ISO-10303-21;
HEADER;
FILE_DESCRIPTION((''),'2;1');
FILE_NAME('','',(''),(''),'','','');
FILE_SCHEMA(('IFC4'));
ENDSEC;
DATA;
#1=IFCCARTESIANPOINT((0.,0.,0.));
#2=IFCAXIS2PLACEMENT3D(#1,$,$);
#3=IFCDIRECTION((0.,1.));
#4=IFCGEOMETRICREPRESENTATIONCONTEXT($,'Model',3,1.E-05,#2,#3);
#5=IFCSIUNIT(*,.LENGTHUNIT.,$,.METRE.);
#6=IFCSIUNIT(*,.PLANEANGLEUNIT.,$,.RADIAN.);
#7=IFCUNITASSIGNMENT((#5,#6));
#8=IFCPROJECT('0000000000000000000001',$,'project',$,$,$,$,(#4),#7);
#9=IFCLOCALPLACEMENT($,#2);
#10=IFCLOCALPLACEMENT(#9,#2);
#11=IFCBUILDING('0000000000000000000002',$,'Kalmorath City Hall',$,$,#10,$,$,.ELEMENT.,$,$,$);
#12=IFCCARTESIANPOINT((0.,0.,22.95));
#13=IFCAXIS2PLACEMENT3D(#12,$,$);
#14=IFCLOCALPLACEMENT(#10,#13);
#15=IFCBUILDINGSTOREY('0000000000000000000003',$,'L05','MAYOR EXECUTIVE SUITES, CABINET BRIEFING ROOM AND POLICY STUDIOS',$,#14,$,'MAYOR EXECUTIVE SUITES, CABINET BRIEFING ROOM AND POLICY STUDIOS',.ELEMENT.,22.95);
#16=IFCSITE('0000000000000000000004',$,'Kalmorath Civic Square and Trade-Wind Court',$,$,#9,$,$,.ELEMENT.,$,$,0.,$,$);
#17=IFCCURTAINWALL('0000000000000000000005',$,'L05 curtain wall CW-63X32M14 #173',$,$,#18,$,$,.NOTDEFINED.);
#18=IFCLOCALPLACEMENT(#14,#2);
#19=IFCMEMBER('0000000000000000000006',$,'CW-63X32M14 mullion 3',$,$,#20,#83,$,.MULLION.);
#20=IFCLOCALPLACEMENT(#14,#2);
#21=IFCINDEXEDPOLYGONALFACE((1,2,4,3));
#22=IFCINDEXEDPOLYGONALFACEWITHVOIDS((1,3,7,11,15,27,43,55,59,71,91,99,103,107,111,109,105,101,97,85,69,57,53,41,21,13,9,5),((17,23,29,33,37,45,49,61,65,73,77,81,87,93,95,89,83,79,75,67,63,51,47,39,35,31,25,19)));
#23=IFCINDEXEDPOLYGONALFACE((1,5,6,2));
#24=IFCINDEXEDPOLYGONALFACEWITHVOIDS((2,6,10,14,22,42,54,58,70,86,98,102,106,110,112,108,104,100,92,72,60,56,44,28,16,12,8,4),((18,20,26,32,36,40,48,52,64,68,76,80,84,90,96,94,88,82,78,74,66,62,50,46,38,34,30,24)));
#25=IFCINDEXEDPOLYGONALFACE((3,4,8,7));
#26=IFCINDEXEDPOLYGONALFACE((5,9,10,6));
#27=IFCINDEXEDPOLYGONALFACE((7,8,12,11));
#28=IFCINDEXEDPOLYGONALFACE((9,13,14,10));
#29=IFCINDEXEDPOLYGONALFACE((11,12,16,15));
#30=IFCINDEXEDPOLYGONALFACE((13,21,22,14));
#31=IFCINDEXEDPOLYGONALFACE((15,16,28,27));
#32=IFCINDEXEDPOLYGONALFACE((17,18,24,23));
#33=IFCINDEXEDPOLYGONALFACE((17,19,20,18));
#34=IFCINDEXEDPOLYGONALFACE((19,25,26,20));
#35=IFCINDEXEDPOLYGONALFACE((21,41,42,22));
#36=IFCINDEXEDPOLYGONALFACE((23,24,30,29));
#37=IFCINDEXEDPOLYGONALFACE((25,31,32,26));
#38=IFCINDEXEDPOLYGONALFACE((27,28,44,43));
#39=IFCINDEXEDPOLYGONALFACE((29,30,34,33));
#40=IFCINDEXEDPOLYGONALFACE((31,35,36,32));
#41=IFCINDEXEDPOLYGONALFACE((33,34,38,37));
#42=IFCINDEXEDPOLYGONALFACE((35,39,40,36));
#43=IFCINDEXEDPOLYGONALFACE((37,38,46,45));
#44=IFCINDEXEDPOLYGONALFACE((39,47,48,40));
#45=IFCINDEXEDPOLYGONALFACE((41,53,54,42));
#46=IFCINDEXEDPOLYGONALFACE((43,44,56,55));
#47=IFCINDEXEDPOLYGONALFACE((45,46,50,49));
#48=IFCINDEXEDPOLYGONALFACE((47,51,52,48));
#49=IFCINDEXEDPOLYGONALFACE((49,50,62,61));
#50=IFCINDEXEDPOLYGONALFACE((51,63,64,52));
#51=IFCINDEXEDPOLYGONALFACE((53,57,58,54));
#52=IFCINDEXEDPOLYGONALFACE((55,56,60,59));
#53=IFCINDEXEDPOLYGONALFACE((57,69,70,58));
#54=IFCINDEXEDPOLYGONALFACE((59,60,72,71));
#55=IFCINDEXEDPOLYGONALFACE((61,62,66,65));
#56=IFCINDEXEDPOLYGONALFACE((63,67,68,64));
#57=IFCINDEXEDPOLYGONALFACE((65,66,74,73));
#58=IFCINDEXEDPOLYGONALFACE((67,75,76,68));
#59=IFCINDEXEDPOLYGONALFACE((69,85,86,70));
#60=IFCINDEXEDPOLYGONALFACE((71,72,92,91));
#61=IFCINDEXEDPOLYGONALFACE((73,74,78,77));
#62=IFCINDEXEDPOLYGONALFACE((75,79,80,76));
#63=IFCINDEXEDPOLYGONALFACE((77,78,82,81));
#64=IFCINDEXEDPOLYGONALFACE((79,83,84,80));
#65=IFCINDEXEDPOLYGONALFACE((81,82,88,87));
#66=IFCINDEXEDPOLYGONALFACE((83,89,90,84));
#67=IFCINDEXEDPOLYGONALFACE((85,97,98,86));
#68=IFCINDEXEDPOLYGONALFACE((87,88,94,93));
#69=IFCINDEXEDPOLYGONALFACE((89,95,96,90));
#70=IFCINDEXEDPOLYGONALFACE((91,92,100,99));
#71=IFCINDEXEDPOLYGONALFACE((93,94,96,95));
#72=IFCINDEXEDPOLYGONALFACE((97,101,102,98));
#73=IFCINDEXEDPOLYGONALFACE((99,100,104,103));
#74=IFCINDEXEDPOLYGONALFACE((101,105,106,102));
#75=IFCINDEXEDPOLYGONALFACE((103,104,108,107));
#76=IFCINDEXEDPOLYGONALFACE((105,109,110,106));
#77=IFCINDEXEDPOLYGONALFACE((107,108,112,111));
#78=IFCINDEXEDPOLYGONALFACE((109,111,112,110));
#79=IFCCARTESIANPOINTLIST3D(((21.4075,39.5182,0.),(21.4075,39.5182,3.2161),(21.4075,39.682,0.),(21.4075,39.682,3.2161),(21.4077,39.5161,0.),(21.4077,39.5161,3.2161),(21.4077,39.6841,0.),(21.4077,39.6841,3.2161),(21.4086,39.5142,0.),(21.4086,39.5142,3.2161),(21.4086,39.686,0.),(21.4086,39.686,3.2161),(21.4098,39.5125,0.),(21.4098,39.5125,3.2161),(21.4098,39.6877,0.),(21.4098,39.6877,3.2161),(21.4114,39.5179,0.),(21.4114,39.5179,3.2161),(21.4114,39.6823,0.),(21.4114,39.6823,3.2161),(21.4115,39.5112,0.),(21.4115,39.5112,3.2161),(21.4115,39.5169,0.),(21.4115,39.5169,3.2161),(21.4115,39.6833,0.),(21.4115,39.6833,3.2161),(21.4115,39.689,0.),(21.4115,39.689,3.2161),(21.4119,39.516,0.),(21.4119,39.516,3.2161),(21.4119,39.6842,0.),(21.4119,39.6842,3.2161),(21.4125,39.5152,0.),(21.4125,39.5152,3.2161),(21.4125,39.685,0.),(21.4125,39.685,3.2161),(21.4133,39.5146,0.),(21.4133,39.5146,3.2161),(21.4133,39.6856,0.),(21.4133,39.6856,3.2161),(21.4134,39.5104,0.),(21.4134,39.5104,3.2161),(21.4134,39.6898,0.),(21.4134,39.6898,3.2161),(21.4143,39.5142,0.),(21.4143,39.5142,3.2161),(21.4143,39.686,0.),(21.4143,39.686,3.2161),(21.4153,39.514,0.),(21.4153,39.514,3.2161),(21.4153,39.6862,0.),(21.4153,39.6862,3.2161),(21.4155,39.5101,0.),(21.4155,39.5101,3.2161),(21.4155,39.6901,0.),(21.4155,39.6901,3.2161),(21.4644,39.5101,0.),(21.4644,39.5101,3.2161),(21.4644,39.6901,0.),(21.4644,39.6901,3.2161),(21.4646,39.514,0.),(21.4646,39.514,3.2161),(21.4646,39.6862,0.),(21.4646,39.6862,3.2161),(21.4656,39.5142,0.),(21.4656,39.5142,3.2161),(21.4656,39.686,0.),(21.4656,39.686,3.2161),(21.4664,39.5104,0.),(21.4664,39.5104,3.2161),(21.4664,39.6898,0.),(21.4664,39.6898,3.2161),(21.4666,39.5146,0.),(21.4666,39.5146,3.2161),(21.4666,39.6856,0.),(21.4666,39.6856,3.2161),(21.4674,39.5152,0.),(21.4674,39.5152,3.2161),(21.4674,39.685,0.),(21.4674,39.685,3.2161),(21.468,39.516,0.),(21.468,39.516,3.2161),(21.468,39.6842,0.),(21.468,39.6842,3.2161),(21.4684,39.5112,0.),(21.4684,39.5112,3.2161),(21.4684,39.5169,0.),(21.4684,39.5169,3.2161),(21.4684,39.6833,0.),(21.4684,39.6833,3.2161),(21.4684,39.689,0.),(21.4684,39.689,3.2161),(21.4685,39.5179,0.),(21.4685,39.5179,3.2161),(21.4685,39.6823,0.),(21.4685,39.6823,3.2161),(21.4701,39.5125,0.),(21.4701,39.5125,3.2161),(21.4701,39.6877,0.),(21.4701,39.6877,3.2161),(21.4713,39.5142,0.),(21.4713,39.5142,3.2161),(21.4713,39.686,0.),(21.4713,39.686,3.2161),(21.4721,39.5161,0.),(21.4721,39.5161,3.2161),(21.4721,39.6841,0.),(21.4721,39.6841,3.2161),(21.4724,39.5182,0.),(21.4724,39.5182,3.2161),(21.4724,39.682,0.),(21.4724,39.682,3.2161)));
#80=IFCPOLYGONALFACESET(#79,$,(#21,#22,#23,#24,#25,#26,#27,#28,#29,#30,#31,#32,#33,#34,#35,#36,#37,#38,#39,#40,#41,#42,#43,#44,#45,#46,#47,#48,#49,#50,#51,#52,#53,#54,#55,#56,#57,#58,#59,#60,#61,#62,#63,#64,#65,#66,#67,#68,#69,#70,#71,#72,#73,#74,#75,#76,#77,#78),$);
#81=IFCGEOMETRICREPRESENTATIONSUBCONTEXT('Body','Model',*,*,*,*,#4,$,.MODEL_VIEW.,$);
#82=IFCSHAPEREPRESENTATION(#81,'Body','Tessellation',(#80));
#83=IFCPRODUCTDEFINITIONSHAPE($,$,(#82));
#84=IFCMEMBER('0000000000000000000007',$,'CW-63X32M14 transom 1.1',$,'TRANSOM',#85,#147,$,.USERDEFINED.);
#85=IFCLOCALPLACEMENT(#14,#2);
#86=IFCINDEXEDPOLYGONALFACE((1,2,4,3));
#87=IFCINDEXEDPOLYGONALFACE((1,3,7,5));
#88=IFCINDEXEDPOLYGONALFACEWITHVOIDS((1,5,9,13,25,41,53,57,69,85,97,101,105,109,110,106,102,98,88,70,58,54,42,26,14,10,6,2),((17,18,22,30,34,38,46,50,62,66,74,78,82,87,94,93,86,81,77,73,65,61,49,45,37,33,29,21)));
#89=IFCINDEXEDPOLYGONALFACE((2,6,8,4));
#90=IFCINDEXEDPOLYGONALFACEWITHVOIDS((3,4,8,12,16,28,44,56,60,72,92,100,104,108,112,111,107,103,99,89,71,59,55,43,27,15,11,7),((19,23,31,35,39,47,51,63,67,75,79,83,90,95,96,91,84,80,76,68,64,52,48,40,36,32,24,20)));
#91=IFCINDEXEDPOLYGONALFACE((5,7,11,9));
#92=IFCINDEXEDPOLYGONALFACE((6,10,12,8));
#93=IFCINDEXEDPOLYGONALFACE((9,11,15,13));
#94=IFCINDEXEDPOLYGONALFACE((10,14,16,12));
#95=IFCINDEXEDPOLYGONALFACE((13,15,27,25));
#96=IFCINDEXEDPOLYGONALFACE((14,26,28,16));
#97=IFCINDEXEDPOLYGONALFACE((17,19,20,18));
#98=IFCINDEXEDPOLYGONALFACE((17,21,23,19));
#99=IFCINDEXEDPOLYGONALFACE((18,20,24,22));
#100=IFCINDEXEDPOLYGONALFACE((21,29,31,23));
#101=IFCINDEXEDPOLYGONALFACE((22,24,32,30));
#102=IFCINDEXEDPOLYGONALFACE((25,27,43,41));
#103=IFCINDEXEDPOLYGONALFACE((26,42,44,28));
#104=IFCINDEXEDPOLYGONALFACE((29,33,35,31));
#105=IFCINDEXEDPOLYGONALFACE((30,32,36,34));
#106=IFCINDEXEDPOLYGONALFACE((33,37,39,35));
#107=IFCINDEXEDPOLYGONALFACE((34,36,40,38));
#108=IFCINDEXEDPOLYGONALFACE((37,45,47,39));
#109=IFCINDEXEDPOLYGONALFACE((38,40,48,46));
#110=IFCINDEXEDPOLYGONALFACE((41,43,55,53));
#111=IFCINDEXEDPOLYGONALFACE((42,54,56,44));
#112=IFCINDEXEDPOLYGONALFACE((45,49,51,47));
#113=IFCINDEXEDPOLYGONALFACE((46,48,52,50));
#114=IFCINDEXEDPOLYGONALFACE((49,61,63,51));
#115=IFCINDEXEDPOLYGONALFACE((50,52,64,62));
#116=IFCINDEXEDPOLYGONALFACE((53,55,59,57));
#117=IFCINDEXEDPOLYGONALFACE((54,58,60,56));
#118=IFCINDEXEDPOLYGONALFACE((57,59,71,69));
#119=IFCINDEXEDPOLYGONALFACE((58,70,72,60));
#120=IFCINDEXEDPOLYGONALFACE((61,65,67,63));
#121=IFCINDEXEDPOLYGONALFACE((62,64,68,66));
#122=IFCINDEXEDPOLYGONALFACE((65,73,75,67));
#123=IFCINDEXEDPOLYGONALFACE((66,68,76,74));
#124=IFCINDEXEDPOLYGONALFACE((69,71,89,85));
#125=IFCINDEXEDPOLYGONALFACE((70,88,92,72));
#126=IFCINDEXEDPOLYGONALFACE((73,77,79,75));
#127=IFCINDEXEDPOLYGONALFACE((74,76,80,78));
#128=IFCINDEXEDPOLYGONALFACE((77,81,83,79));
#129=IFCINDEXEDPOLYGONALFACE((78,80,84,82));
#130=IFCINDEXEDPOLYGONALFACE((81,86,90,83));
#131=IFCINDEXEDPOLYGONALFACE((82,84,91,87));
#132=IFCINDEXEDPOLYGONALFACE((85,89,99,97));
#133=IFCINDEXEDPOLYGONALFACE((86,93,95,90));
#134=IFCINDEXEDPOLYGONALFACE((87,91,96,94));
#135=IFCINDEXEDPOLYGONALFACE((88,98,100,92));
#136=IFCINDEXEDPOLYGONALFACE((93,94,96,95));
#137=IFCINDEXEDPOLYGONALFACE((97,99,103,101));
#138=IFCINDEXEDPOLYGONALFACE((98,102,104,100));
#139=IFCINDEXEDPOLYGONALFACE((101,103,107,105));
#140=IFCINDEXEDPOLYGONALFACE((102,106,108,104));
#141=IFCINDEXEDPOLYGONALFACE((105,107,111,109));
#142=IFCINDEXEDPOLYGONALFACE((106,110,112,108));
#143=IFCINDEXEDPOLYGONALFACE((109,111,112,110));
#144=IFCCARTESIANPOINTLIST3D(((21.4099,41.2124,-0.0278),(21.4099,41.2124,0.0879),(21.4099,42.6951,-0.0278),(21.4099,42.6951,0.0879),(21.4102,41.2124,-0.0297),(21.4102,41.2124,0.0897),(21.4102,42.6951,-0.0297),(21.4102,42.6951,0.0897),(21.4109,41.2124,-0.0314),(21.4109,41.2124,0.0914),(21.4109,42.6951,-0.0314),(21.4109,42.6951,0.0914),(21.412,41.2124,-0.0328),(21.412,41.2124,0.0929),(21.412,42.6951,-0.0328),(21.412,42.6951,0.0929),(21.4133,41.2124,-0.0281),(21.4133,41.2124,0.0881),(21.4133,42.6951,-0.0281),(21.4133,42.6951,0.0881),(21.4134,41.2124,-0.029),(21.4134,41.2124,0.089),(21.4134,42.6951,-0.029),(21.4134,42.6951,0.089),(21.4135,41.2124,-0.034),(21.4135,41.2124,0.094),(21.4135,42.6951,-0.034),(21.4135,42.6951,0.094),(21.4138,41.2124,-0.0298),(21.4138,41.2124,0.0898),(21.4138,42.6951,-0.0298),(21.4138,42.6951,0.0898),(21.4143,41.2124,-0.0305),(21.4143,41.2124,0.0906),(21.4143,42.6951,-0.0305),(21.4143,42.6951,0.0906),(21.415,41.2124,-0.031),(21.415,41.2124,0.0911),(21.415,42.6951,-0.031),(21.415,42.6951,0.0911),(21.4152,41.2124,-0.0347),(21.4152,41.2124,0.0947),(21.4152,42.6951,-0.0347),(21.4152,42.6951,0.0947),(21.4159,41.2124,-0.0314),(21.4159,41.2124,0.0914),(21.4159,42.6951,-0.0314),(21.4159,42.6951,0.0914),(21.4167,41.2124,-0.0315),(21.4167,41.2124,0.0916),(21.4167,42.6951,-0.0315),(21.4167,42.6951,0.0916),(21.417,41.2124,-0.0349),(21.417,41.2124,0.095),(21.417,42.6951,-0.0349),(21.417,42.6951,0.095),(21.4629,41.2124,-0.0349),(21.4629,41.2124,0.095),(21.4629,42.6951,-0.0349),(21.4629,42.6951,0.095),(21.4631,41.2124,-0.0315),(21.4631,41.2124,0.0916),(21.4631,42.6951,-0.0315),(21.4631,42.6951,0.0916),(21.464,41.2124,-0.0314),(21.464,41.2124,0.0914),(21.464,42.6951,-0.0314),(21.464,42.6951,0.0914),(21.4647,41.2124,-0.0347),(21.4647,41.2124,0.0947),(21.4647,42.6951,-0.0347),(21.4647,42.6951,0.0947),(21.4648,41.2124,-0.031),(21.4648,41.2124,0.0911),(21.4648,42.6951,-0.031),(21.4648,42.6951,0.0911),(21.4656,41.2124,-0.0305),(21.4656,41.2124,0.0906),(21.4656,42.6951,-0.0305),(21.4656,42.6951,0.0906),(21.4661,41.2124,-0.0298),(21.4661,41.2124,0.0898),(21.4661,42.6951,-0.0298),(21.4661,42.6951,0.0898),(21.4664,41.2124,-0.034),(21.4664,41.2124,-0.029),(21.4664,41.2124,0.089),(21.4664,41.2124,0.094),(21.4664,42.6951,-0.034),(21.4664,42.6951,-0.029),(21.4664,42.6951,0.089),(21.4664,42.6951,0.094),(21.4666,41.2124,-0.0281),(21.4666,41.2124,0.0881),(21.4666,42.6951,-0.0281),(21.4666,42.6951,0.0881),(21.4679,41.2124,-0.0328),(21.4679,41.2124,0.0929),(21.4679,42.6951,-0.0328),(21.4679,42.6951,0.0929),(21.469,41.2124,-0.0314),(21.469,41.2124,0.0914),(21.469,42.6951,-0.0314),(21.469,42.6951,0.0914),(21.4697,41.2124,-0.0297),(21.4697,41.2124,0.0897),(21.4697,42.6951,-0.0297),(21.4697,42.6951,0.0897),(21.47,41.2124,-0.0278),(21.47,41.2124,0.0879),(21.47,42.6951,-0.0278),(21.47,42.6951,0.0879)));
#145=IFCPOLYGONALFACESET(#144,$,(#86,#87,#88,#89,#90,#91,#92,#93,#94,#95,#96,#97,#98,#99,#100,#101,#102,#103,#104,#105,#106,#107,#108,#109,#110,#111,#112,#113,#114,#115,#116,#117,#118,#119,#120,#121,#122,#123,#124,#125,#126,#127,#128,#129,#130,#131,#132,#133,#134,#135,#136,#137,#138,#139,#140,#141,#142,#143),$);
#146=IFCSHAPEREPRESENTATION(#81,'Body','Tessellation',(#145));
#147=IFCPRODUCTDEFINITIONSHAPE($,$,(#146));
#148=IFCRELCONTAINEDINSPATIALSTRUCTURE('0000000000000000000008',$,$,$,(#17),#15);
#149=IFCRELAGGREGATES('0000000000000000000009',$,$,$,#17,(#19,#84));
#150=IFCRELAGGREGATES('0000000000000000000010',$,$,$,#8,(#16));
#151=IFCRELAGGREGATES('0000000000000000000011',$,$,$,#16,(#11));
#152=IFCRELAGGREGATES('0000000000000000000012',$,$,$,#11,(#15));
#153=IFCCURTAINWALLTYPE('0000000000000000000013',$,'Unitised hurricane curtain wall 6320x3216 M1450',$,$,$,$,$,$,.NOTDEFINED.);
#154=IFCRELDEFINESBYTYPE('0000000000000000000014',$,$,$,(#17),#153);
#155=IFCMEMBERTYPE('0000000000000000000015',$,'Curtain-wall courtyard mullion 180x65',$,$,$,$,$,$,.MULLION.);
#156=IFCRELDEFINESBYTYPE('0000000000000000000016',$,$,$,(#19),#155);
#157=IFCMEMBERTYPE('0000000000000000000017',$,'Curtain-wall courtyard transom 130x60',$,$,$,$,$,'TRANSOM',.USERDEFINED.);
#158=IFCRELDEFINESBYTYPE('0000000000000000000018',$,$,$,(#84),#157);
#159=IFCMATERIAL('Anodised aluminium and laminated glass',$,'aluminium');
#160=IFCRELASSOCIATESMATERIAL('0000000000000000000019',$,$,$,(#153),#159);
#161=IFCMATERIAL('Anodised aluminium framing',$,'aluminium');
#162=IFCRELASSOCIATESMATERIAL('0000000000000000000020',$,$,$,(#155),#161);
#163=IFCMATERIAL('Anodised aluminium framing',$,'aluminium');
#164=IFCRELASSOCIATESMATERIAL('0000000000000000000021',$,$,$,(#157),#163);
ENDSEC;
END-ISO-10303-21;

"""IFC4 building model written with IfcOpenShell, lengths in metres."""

from ifc_helpers import new_model, si_unit, direction, frame, origin, origin_2d, place, context, subcontext, project, spatial, hollow_rectangle, extrude, material, material_profile, profile_set, type_object, element, aggregate, save


model = new_model("IFC4")

# Units and contexts
model_context = context("Model", 3, precision=1e-05, world=origin(), true_north=direction((0.0, 1.0)))
body_context = subcontext(model_context, "Body", "Model", "MODEL_VIEW")
ifc_project = project(units=[si_unit("LENGTHUNIT", "METRE"), si_unit("PLANEANGLEUNIT", "RADIAN")], contexts=[model_context])

# Site, building, storey
site_placement = place(None, origin())
site = spatial("IfcSite", under=ifc_project, at=site_placement, Name="Kalmorath Civic Square and Trade-Wind Court", CompositionType="ELEMENT", RefElevation=0.0)
building_placement = place(site_placement, origin())
building = spatial("IfcBuilding", under=site, at=building_placement, Name="Kalmorath City Hall", CompositionType="ELEMENT")
storey_placement = place(building_placement, frame((0.0, 0.0, 22.95)))
storey = spatial("IfcBuildingStorey", under=building, at=storey_placement, Name="L05", Description="MAYOR EXECUTIVE SUITES, CABINET BRIEFING ROOM AND POLICY STUDIOS", LongName="MAYOR EXECUTIVE SUITES, CABINET BRIEFING ROOM AND POLICY STUDIOS", CompositionType="ELEMENT", Elevation=22.95)

# Curtain wall, members
ifc_material_1 = material(Name="Anodised aluminium and laminated glass", Category="aluminium")
curtain_wall_type = type_object("IfcCurtainWallType", Name="Unitised hurricane curtain wall 6320x3216 M1450", PredefinedType="NOTDEFINED", material=ifc_material_1)
curtain_wall_placement = place(storey_placement, origin())
curtain_wall = element("IfcCurtainWall", 1, at=curtain_wall_placement, inside=storey, type_object=curtain_wall_type, Name="L05 curtain wall CW-63X32M14 #173", PredefinedType="NOTDEFINED")
ifc_material_2 = material(Name="Anodised aluminium framing", Category="aluminium")
ifc_material_profile_1 = material_profile(ifc_material_2, hollow_rectangle(XDim=0.0649, YDim=0.1799, WallThickness=0.0039, InnerFilletRadius=0.0039, OuterFilletRadius=0.0081, at=origin_2d()), Name="ALU-MUL-180X65X4")
ifc_profile_set_1 = profile_set([ifc_material_profile_1], Name="Anodised aluminium framing")
member_type_1 = type_object("IfcMemberType", Name="Curtain-wall courtyard mullion 180x65", PredefinedType="MULLION", material=ifc_profile_set_1)
member_1_placement = place(storey_placement, frame((21.4399, 39.6001, 0.0), z_axis=(0.0, 0.0, 1.0), x_axis=(1.0, 0.0, 0.0)))
member_1 = element("IfcMember", 2, at=member_1_placement, type_object=member_type_1, Name="CW-63X32M14 mullion 3", PredefinedType="MULLION", context=body_context, shape_type="SweptSolid", body=[
    extrude(hollow_rectangle(XDim=0.0649, YDim=0.1799, WallThickness=0.0039, InnerFilletRadius=0.0039, OuterFilletRadius=0.0081, at=origin_2d()), origin(), (0.0, 0.0, 1.0), 3.2161),
])
ifc_material_3 = material(Name="Anodised aluminium framing", Category="aluminium")
ifc_material_profile_2 = material_profile(ifc_material_3, hollow_rectangle(XDim=0.0601, YDim=0.1299, WallThickness=0.0034, InnerFilletRadius=0.0034, OuterFilletRadius=0.0071, at=origin_2d()), Name="ALU-TRN-130X60X3.5")
ifc_profile_set_2 = profile_set([ifc_material_profile_2], Name="Anodised aluminium framing")
member_type_2 = type_object("IfcMemberType", Name="Curtain-wall courtyard transom 130x60", ElementType="TRANSOM", PredefinedType="USERDEFINED", material=ifc_profile_set_2)
member_2_placement = place(storey_placement, frame((21.4399, 42.6951, 0.03), z_axis=(0.0, -1.0, 0.0), x_axis=(1.0, 0.0, 0.0)))
member_2 = element("IfcMember", 3, at=member_2_placement, type_object=member_type_2, Name="CW-63X32M14 transom 1.1", ObjectType="TRANSOM", PredefinedType="USERDEFINED", context=body_context, shape_type="SweptSolid", body=[
    extrude(hollow_rectangle(XDim=0.0601, YDim=0.1299, WallThickness=0.0034, InnerFilletRadius=0.0034, OuterFilletRadius=0.0071, at=origin_2d()), origin(), (0.0, 0.0, 1.0), 1.4827),
])

aggregate(curtain_wall, [member_1, member_2])

save(model, "model.ifc")
